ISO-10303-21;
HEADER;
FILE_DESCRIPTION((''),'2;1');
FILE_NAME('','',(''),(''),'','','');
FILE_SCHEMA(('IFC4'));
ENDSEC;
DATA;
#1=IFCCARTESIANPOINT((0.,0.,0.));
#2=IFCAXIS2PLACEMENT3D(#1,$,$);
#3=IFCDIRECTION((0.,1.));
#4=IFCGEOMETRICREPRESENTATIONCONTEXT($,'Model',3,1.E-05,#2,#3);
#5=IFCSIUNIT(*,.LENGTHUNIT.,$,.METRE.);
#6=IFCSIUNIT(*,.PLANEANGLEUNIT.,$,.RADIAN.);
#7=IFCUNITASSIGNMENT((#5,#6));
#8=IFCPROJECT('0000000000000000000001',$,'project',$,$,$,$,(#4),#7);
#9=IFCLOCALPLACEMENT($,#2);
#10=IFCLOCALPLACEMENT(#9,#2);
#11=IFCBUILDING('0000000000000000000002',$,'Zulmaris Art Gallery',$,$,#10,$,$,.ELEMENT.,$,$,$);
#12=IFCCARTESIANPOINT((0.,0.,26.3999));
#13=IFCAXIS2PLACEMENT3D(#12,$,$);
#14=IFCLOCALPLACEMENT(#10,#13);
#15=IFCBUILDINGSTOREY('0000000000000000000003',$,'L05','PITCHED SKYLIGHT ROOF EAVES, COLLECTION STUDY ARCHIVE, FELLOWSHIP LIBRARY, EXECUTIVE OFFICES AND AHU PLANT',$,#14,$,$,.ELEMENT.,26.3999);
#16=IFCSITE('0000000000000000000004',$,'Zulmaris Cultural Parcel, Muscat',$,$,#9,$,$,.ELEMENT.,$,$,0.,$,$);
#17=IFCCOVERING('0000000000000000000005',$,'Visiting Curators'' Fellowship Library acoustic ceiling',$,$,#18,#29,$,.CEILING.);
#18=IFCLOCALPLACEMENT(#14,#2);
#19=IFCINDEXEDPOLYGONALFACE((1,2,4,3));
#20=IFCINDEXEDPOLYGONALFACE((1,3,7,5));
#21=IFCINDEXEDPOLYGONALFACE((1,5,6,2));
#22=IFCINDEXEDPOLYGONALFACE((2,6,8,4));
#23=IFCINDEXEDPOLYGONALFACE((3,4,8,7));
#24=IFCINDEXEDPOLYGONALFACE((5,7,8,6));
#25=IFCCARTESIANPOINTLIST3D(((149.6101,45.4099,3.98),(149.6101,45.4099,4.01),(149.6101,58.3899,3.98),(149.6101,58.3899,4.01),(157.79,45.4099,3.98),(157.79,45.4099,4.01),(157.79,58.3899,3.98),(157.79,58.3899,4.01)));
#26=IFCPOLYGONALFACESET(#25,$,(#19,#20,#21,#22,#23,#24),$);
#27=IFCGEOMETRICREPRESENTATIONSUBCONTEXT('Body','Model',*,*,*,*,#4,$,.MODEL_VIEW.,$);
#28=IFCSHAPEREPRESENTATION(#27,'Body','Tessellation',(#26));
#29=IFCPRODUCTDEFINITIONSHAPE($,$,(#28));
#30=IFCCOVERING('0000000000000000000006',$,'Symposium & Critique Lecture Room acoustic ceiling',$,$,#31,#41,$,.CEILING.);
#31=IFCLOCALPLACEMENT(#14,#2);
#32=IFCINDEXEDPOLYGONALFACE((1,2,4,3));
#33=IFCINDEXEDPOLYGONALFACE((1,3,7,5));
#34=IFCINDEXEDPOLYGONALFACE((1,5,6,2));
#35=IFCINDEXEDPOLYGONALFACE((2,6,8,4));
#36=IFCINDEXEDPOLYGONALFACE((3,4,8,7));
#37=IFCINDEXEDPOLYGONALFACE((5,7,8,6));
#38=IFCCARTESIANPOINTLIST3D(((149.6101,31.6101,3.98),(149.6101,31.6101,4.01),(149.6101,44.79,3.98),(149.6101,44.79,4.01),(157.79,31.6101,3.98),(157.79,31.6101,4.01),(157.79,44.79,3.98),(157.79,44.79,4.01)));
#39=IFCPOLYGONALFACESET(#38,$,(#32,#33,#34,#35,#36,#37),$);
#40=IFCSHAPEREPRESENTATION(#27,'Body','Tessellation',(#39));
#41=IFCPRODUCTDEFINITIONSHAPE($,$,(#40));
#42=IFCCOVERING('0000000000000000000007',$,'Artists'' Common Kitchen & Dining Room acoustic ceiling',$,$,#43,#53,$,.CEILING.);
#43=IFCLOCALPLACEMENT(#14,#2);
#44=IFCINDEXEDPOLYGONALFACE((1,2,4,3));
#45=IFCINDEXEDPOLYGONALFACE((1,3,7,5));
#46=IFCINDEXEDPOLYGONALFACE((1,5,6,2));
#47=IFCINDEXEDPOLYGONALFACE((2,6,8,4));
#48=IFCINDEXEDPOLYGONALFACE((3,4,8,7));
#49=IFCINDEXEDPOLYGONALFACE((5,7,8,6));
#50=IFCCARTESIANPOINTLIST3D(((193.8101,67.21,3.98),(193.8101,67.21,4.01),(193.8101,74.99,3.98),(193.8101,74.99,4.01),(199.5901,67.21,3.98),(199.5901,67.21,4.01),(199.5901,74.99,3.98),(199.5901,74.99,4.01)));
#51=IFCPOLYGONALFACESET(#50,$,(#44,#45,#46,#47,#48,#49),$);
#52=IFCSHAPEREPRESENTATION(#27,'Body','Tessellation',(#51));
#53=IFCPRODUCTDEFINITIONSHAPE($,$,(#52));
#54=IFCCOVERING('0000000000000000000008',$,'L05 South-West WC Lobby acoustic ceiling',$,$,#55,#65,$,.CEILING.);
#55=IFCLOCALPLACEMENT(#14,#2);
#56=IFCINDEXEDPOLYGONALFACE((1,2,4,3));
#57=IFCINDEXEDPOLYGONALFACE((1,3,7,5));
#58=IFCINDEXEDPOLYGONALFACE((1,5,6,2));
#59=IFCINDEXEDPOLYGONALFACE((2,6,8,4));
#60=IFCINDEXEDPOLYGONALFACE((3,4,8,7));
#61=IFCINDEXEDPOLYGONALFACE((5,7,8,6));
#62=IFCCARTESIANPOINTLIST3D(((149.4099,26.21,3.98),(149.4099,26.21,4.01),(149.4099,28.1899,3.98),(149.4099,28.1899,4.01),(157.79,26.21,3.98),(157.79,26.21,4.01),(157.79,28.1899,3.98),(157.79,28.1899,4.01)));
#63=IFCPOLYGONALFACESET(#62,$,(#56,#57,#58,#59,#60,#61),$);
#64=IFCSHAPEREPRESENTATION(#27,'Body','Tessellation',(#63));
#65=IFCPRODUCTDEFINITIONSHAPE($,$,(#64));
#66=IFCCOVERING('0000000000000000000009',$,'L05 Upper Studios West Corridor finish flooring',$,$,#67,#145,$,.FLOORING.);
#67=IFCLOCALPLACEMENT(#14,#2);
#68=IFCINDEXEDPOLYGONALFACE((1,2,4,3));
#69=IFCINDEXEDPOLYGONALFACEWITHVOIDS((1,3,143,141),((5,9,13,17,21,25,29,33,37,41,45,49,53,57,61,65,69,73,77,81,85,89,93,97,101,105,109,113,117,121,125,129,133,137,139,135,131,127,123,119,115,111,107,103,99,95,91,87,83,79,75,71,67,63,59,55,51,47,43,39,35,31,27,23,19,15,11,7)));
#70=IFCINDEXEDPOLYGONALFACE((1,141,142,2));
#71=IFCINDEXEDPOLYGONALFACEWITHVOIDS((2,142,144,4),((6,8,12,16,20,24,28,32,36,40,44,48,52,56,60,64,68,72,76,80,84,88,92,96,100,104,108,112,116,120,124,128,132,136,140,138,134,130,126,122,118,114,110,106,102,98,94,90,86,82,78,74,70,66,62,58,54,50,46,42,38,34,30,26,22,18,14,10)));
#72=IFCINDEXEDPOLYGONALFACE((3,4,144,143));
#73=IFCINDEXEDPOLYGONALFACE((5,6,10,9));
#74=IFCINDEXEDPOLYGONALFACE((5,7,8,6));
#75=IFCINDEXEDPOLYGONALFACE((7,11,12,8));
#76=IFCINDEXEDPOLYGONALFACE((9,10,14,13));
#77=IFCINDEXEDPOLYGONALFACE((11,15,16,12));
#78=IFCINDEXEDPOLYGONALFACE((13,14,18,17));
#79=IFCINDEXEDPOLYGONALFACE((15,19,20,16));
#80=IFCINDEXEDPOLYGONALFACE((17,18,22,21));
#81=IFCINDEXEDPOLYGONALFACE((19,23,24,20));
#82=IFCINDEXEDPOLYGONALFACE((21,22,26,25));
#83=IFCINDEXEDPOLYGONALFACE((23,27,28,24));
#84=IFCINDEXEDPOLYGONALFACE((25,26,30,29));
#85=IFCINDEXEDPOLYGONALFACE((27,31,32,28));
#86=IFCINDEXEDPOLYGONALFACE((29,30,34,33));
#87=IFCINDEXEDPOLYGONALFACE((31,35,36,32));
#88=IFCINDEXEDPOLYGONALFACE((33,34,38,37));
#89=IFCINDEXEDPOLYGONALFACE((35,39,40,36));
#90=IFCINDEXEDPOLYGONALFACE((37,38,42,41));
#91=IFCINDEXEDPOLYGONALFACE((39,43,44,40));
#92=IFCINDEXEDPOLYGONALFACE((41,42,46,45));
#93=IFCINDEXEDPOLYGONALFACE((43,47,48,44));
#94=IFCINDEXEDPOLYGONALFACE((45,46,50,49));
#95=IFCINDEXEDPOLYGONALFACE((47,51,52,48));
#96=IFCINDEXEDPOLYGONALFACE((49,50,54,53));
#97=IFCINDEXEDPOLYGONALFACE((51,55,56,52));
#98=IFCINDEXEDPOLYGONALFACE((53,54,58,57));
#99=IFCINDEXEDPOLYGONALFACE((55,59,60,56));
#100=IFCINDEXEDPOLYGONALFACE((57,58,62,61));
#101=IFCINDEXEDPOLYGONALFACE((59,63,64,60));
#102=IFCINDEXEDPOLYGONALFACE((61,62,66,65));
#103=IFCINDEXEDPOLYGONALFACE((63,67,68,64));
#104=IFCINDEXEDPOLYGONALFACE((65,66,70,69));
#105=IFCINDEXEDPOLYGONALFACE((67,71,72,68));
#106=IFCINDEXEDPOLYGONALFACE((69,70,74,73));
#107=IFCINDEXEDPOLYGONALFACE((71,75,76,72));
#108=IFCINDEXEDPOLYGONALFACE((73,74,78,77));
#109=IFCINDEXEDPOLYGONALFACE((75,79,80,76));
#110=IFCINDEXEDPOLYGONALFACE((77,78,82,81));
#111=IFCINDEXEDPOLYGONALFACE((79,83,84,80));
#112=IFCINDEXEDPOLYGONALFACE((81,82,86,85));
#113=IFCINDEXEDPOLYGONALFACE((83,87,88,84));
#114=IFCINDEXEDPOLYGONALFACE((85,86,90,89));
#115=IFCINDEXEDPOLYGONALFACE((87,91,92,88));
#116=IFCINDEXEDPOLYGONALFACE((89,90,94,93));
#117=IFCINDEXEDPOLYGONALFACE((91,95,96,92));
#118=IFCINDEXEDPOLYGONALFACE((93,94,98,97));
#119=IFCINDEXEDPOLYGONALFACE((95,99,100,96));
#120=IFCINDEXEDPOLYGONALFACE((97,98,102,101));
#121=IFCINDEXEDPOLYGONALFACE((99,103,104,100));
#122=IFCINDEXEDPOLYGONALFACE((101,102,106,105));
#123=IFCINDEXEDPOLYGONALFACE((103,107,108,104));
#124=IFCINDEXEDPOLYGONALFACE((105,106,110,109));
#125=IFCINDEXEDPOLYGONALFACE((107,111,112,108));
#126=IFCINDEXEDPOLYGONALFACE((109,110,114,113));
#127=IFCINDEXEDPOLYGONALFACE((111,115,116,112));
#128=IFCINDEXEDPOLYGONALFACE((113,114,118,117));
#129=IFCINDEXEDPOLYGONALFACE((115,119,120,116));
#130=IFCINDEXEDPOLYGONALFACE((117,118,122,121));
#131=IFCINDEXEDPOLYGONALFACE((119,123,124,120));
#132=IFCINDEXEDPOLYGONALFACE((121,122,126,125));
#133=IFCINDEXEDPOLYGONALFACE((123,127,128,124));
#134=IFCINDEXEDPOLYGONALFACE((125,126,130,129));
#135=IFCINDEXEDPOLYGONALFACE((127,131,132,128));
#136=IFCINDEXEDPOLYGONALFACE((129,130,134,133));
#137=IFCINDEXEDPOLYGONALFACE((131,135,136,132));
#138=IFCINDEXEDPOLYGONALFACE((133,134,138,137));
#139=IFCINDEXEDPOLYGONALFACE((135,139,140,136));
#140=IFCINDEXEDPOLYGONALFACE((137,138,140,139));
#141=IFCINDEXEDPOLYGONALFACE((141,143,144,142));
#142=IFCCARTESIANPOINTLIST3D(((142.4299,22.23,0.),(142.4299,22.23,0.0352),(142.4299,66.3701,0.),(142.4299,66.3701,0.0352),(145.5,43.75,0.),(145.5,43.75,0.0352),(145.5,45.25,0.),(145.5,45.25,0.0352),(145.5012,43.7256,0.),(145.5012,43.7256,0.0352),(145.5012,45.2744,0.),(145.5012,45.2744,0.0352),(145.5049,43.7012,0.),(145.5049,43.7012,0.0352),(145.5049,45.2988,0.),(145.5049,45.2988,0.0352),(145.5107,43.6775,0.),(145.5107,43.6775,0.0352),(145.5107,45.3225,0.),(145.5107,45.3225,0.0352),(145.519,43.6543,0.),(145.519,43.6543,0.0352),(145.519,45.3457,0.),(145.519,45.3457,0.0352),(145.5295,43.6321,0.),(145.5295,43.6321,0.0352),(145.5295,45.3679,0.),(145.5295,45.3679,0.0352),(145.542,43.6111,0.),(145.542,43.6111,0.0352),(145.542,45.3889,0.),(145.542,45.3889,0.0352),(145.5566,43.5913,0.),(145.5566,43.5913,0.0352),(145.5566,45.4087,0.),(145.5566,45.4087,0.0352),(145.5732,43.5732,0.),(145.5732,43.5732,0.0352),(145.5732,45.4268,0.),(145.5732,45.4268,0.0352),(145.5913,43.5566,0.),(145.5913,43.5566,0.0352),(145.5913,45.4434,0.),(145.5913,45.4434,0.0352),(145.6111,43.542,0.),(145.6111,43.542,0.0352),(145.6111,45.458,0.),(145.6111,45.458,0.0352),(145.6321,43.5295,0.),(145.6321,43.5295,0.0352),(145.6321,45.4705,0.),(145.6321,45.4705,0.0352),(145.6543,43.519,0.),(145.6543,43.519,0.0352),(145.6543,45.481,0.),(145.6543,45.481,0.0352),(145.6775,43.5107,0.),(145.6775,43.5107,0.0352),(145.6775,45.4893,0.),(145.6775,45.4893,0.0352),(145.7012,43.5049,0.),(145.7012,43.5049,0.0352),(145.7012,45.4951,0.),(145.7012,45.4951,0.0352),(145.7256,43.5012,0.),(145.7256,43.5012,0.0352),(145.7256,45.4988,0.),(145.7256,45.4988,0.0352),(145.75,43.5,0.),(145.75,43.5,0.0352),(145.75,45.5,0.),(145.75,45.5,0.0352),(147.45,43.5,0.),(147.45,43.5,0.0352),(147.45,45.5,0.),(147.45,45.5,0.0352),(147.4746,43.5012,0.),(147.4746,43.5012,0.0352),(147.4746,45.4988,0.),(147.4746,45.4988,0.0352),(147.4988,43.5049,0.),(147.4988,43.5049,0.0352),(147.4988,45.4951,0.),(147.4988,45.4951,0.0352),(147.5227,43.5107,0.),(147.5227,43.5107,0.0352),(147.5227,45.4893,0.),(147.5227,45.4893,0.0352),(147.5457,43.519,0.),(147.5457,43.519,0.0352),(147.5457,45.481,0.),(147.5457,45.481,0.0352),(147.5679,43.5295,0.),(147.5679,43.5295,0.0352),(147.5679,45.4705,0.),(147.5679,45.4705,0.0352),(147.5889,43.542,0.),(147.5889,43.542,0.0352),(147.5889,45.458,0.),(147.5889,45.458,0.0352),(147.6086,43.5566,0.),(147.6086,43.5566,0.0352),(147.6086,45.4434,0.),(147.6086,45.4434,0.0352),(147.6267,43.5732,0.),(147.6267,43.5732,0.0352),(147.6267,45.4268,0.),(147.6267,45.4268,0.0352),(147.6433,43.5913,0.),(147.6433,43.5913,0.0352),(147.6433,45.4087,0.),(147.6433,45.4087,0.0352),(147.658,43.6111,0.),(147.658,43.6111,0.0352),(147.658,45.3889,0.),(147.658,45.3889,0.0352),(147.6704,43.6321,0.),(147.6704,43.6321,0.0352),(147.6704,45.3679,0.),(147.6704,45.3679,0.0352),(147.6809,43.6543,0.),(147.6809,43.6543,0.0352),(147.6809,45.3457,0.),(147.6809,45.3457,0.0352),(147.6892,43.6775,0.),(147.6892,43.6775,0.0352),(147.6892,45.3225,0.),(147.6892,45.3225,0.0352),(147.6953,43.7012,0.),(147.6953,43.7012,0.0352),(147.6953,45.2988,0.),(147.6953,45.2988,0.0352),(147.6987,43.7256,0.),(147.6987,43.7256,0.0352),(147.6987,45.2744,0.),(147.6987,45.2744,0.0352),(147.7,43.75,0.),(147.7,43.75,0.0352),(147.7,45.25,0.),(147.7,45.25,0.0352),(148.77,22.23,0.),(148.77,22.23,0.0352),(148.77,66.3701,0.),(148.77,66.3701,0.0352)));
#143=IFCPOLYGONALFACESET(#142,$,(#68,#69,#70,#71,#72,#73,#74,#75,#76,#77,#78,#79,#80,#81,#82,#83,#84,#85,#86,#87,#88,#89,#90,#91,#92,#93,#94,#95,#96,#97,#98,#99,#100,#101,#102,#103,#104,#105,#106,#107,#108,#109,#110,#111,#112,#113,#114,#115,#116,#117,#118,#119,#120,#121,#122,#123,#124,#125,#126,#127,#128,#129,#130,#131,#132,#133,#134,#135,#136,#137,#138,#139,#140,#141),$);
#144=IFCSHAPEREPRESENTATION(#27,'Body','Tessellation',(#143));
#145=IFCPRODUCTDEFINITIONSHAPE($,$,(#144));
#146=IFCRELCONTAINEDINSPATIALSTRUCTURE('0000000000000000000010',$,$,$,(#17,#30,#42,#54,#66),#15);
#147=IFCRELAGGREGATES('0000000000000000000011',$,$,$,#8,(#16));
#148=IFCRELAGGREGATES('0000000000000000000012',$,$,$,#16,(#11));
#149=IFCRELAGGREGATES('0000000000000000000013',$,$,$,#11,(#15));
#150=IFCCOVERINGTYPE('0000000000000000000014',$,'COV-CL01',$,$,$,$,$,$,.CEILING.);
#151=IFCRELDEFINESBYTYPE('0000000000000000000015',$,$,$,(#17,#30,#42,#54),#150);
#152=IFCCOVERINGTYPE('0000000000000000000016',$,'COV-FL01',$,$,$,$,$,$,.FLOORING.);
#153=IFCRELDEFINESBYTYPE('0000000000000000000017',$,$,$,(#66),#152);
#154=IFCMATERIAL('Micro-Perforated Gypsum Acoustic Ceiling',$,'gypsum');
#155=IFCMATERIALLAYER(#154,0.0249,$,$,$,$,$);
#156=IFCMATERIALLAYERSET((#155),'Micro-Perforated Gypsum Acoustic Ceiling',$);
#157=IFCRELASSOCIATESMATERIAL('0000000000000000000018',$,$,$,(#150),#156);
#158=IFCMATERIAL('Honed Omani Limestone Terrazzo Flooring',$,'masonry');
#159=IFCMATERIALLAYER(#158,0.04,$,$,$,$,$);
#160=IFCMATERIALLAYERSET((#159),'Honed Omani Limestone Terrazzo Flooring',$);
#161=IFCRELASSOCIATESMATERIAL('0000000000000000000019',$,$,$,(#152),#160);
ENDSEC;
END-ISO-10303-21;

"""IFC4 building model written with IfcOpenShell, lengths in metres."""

from ifc_helpers import new_model, si_unit, direction, frame, origin, place, context, subcontext, project, spatial, polyline, outline, extrude, material, layer, layer_set, type_object, element, save


model = new_model("IFC4")

# Units and contexts
model_context = context("Model", 3, precision=1e-05, world=origin(), true_north=direction((0.0, 1.0)))
body_context = subcontext(model_context, "Body", "Model", "MODEL_VIEW")
ifc_project = project(units=[si_unit("LENGTHUNIT", "METRE"), si_unit("PLANEANGLEUNIT", "RADIAN")], contexts=[model_context])

# Site, building, storey
site_placement = place(None, origin())
site = spatial("IfcSite", under=ifc_project, at=site_placement, Name="Zulmaris Cultural Parcel, Muscat", CompositionType="ELEMENT", RefElevation=0.0)
building_placement = place(site_placement, origin())
building = spatial("IfcBuilding", under=site, at=building_placement, Name="Zulmaris Art Gallery", CompositionType="ELEMENT")
storey_placement = place(building_placement, frame((0.0, 0.0, 26.3999)))
storey = spatial("IfcBuildingStorey", under=building, at=storey_placement, Name="L05", Description="PITCHED SKYLIGHT ROOF EAVES, COLLECTION STUDY ARCHIVE, FELLOWSHIP LIBRARY, EXECUTIVE OFFICES AND AHU PLANT", CompositionType="ELEMENT", Elevation=26.3999)

# Coverings
ifc_material_1 = material(Name="Micro-Perforated Gypsum Acoustic Ceiling", Category="gypsum")
ifc_layer_1 = layer(ifc_material_1, 0.0249)
ifc_layer_set_1 = layer_set([ifc_layer_1], Name="Micro-Perforated Gypsum Acoustic Ceiling")
covering_type_1 = type_object("IfcCoveringType", Name="COV-CL01", PredefinedType="CEILING", material=ifc_layer_set_1)
covering_1_placement = place(storey_placement, frame((0.0, 0.0, 3.98)))
element("IfcCovering", 1, at=covering_1_placement, inside=storey, type_object=covering_type_1, Name="Visiting Curators' Fellowship Library acoustic ceiling", PredefinedType="CEILING", context=body_context, shape_type="SweptSolid", body=[
    extrude(outline(polyline([(149.6101, 58.3899), (157.79, 58.3899), (157.79, 45.4099), (149.6101, 45.4099), (149.6101, 58.3899)])), origin(), (0.0, 0.0, 1.0), 0.03),
])
covering_2_placement = place(storey_placement, frame((0.0, 0.0, 3.98)))
element("IfcCovering", 2, at=covering_2_placement, inside=storey, type_object=covering_type_1, Name="Symposium & Critique Lecture Room acoustic ceiling", PredefinedType="CEILING", context=body_context, shape_type="SweptSolid", body=[
    extrude(outline(polyline([(149.6101, 44.79), (157.79, 44.79), (157.79, 31.6101), (149.6101, 31.6101), (149.6101, 44.79)])), origin(), (0.0, 0.0, 1.0), 0.03),
])
covering_3_placement = place(storey_placement, frame((0.0, 0.0, 3.98)))
element("IfcCovering", 3, at=covering_3_placement, inside=storey, type_object=covering_type_1, Name="Artists' Common Kitchen & Dining Room acoustic ceiling", PredefinedType="CEILING", context=body_context, shape_type="SweptSolid", body=[
    extrude(outline(polyline([(193.8101, 74.99), (199.5901, 74.99), (199.5901, 67.21), (193.8101, 67.21), (193.8101, 74.99)])), origin(), (0.0, 0.0, 1.0), 0.03),
])
covering_4_placement = place(storey_placement, frame((0.0, 0.0, 3.98)))
element("IfcCovering", 4, at=covering_4_placement, inside=storey, type_object=covering_type_1, Name="L05 South-West WC Lobby acoustic ceiling", PredefinedType="CEILING", context=body_context, shape_type="SweptSolid", body=[
    extrude(outline(polyline([(149.4099, 28.1899), (157.79, 28.1899), (157.79, 26.21), (149.4099, 26.21), (149.4099, 28.1899)])), origin(), (0.0, 0.0, 1.0), 0.03),
])
ifc_material_2 = material(Name="Honed Omani Limestone Terrazzo Flooring", Category="masonry")
ifc_layer_2 = layer(ifc_material_2, 0.04)
ifc_layer_set_2 = layer_set([ifc_layer_2], Name="Honed Omani Limestone Terrazzo Flooring")
covering_type_2 = type_object("IfcCoveringType", Name="COV-FL01", PredefinedType="FLOORING", material=ifc_layer_set_2)
covering_5_placement = place(storey_placement, origin())
element("IfcCovering", 5, at=covering_5_placement, inside=storey, type_object=covering_type_2, Name="L05 Upper Studios West Corridor finish flooring", PredefinedType="FLOORING", context=body_context, shape_type="SweptSolid", body=[
    extrude(outline(polyline([(148.77, 22.23), (142.4299, 22.23), (142.4299, 66.3701), (148.77, 66.3701), (148.77, 22.23)]), holes=[polyline([(145.7256, 45.4988), (145.7012, 45.4951), (145.6775, 45.4893), (145.6543, 45.481), (145.6321, 45.4705), (145.6111, 45.458), (145.5913, 45.4434), (145.5732, 45.4268), (145.5566, 45.4087), (145.542, 45.3889), (145.5295, 45.3679), (145.519, 45.3457), (145.5107, 45.3225), (145.5049, 45.2988), (145.5012, 45.2744), (145.5, 45.25), (145.5, 43.75), (145.5012, 43.7256), (145.5049, 43.7012), (145.5107, 43.6775), (145.519, 43.6543), (145.5295, 43.6321), (145.542, 43.6111), (145.5566, 43.5913), (145.5732, 43.5732), (145.5913, 43.5566), (145.6111, 43.542), (145.6321, 43.5295), (145.6543, 43.519), (145.6775, 43.5107), (145.7012, 43.5049), (145.7256, 43.5012), (145.75, 43.5), (147.45, 43.5), (147.4746, 43.5012), (147.4988, 43.5049), (147.5227, 43.5107), (147.5457, 43.519), (147.5679, 43.5295), (147.5889, 43.542), (147.6086, 43.5566), (147.6267, 43.5732), (147.6433, 43.5913), (147.658, 43.6111), (147.6704, 43.6321), (147.6809, 43.6543), (147.6892, 43.6775), (147.6953, 43.7012), (147.6987, 43.7256), (147.7, 43.75), (147.7, 45.25), (147.6987, 45.2744), (147.6953, 45.2988), (147.6892, 45.3225), (147.6809, 45.3457), (147.6704, 45.3679), (147.658, 45.3889), (147.6433, 45.4087), (147.6267, 45.4268), (147.6086, 45.4434), (147.5889, 45.458), (147.5679, 45.4705), (147.5457, 45.481), (147.5227, 45.4893), (147.4988, 45.4951), (147.4746, 45.4988), (147.45, 45.5), (145.75, 45.5), (145.7256, 45.4988)])]), origin(), (0.0, 0.0, 1.0), 0.0352),
])

save(model, "model.ifc")
